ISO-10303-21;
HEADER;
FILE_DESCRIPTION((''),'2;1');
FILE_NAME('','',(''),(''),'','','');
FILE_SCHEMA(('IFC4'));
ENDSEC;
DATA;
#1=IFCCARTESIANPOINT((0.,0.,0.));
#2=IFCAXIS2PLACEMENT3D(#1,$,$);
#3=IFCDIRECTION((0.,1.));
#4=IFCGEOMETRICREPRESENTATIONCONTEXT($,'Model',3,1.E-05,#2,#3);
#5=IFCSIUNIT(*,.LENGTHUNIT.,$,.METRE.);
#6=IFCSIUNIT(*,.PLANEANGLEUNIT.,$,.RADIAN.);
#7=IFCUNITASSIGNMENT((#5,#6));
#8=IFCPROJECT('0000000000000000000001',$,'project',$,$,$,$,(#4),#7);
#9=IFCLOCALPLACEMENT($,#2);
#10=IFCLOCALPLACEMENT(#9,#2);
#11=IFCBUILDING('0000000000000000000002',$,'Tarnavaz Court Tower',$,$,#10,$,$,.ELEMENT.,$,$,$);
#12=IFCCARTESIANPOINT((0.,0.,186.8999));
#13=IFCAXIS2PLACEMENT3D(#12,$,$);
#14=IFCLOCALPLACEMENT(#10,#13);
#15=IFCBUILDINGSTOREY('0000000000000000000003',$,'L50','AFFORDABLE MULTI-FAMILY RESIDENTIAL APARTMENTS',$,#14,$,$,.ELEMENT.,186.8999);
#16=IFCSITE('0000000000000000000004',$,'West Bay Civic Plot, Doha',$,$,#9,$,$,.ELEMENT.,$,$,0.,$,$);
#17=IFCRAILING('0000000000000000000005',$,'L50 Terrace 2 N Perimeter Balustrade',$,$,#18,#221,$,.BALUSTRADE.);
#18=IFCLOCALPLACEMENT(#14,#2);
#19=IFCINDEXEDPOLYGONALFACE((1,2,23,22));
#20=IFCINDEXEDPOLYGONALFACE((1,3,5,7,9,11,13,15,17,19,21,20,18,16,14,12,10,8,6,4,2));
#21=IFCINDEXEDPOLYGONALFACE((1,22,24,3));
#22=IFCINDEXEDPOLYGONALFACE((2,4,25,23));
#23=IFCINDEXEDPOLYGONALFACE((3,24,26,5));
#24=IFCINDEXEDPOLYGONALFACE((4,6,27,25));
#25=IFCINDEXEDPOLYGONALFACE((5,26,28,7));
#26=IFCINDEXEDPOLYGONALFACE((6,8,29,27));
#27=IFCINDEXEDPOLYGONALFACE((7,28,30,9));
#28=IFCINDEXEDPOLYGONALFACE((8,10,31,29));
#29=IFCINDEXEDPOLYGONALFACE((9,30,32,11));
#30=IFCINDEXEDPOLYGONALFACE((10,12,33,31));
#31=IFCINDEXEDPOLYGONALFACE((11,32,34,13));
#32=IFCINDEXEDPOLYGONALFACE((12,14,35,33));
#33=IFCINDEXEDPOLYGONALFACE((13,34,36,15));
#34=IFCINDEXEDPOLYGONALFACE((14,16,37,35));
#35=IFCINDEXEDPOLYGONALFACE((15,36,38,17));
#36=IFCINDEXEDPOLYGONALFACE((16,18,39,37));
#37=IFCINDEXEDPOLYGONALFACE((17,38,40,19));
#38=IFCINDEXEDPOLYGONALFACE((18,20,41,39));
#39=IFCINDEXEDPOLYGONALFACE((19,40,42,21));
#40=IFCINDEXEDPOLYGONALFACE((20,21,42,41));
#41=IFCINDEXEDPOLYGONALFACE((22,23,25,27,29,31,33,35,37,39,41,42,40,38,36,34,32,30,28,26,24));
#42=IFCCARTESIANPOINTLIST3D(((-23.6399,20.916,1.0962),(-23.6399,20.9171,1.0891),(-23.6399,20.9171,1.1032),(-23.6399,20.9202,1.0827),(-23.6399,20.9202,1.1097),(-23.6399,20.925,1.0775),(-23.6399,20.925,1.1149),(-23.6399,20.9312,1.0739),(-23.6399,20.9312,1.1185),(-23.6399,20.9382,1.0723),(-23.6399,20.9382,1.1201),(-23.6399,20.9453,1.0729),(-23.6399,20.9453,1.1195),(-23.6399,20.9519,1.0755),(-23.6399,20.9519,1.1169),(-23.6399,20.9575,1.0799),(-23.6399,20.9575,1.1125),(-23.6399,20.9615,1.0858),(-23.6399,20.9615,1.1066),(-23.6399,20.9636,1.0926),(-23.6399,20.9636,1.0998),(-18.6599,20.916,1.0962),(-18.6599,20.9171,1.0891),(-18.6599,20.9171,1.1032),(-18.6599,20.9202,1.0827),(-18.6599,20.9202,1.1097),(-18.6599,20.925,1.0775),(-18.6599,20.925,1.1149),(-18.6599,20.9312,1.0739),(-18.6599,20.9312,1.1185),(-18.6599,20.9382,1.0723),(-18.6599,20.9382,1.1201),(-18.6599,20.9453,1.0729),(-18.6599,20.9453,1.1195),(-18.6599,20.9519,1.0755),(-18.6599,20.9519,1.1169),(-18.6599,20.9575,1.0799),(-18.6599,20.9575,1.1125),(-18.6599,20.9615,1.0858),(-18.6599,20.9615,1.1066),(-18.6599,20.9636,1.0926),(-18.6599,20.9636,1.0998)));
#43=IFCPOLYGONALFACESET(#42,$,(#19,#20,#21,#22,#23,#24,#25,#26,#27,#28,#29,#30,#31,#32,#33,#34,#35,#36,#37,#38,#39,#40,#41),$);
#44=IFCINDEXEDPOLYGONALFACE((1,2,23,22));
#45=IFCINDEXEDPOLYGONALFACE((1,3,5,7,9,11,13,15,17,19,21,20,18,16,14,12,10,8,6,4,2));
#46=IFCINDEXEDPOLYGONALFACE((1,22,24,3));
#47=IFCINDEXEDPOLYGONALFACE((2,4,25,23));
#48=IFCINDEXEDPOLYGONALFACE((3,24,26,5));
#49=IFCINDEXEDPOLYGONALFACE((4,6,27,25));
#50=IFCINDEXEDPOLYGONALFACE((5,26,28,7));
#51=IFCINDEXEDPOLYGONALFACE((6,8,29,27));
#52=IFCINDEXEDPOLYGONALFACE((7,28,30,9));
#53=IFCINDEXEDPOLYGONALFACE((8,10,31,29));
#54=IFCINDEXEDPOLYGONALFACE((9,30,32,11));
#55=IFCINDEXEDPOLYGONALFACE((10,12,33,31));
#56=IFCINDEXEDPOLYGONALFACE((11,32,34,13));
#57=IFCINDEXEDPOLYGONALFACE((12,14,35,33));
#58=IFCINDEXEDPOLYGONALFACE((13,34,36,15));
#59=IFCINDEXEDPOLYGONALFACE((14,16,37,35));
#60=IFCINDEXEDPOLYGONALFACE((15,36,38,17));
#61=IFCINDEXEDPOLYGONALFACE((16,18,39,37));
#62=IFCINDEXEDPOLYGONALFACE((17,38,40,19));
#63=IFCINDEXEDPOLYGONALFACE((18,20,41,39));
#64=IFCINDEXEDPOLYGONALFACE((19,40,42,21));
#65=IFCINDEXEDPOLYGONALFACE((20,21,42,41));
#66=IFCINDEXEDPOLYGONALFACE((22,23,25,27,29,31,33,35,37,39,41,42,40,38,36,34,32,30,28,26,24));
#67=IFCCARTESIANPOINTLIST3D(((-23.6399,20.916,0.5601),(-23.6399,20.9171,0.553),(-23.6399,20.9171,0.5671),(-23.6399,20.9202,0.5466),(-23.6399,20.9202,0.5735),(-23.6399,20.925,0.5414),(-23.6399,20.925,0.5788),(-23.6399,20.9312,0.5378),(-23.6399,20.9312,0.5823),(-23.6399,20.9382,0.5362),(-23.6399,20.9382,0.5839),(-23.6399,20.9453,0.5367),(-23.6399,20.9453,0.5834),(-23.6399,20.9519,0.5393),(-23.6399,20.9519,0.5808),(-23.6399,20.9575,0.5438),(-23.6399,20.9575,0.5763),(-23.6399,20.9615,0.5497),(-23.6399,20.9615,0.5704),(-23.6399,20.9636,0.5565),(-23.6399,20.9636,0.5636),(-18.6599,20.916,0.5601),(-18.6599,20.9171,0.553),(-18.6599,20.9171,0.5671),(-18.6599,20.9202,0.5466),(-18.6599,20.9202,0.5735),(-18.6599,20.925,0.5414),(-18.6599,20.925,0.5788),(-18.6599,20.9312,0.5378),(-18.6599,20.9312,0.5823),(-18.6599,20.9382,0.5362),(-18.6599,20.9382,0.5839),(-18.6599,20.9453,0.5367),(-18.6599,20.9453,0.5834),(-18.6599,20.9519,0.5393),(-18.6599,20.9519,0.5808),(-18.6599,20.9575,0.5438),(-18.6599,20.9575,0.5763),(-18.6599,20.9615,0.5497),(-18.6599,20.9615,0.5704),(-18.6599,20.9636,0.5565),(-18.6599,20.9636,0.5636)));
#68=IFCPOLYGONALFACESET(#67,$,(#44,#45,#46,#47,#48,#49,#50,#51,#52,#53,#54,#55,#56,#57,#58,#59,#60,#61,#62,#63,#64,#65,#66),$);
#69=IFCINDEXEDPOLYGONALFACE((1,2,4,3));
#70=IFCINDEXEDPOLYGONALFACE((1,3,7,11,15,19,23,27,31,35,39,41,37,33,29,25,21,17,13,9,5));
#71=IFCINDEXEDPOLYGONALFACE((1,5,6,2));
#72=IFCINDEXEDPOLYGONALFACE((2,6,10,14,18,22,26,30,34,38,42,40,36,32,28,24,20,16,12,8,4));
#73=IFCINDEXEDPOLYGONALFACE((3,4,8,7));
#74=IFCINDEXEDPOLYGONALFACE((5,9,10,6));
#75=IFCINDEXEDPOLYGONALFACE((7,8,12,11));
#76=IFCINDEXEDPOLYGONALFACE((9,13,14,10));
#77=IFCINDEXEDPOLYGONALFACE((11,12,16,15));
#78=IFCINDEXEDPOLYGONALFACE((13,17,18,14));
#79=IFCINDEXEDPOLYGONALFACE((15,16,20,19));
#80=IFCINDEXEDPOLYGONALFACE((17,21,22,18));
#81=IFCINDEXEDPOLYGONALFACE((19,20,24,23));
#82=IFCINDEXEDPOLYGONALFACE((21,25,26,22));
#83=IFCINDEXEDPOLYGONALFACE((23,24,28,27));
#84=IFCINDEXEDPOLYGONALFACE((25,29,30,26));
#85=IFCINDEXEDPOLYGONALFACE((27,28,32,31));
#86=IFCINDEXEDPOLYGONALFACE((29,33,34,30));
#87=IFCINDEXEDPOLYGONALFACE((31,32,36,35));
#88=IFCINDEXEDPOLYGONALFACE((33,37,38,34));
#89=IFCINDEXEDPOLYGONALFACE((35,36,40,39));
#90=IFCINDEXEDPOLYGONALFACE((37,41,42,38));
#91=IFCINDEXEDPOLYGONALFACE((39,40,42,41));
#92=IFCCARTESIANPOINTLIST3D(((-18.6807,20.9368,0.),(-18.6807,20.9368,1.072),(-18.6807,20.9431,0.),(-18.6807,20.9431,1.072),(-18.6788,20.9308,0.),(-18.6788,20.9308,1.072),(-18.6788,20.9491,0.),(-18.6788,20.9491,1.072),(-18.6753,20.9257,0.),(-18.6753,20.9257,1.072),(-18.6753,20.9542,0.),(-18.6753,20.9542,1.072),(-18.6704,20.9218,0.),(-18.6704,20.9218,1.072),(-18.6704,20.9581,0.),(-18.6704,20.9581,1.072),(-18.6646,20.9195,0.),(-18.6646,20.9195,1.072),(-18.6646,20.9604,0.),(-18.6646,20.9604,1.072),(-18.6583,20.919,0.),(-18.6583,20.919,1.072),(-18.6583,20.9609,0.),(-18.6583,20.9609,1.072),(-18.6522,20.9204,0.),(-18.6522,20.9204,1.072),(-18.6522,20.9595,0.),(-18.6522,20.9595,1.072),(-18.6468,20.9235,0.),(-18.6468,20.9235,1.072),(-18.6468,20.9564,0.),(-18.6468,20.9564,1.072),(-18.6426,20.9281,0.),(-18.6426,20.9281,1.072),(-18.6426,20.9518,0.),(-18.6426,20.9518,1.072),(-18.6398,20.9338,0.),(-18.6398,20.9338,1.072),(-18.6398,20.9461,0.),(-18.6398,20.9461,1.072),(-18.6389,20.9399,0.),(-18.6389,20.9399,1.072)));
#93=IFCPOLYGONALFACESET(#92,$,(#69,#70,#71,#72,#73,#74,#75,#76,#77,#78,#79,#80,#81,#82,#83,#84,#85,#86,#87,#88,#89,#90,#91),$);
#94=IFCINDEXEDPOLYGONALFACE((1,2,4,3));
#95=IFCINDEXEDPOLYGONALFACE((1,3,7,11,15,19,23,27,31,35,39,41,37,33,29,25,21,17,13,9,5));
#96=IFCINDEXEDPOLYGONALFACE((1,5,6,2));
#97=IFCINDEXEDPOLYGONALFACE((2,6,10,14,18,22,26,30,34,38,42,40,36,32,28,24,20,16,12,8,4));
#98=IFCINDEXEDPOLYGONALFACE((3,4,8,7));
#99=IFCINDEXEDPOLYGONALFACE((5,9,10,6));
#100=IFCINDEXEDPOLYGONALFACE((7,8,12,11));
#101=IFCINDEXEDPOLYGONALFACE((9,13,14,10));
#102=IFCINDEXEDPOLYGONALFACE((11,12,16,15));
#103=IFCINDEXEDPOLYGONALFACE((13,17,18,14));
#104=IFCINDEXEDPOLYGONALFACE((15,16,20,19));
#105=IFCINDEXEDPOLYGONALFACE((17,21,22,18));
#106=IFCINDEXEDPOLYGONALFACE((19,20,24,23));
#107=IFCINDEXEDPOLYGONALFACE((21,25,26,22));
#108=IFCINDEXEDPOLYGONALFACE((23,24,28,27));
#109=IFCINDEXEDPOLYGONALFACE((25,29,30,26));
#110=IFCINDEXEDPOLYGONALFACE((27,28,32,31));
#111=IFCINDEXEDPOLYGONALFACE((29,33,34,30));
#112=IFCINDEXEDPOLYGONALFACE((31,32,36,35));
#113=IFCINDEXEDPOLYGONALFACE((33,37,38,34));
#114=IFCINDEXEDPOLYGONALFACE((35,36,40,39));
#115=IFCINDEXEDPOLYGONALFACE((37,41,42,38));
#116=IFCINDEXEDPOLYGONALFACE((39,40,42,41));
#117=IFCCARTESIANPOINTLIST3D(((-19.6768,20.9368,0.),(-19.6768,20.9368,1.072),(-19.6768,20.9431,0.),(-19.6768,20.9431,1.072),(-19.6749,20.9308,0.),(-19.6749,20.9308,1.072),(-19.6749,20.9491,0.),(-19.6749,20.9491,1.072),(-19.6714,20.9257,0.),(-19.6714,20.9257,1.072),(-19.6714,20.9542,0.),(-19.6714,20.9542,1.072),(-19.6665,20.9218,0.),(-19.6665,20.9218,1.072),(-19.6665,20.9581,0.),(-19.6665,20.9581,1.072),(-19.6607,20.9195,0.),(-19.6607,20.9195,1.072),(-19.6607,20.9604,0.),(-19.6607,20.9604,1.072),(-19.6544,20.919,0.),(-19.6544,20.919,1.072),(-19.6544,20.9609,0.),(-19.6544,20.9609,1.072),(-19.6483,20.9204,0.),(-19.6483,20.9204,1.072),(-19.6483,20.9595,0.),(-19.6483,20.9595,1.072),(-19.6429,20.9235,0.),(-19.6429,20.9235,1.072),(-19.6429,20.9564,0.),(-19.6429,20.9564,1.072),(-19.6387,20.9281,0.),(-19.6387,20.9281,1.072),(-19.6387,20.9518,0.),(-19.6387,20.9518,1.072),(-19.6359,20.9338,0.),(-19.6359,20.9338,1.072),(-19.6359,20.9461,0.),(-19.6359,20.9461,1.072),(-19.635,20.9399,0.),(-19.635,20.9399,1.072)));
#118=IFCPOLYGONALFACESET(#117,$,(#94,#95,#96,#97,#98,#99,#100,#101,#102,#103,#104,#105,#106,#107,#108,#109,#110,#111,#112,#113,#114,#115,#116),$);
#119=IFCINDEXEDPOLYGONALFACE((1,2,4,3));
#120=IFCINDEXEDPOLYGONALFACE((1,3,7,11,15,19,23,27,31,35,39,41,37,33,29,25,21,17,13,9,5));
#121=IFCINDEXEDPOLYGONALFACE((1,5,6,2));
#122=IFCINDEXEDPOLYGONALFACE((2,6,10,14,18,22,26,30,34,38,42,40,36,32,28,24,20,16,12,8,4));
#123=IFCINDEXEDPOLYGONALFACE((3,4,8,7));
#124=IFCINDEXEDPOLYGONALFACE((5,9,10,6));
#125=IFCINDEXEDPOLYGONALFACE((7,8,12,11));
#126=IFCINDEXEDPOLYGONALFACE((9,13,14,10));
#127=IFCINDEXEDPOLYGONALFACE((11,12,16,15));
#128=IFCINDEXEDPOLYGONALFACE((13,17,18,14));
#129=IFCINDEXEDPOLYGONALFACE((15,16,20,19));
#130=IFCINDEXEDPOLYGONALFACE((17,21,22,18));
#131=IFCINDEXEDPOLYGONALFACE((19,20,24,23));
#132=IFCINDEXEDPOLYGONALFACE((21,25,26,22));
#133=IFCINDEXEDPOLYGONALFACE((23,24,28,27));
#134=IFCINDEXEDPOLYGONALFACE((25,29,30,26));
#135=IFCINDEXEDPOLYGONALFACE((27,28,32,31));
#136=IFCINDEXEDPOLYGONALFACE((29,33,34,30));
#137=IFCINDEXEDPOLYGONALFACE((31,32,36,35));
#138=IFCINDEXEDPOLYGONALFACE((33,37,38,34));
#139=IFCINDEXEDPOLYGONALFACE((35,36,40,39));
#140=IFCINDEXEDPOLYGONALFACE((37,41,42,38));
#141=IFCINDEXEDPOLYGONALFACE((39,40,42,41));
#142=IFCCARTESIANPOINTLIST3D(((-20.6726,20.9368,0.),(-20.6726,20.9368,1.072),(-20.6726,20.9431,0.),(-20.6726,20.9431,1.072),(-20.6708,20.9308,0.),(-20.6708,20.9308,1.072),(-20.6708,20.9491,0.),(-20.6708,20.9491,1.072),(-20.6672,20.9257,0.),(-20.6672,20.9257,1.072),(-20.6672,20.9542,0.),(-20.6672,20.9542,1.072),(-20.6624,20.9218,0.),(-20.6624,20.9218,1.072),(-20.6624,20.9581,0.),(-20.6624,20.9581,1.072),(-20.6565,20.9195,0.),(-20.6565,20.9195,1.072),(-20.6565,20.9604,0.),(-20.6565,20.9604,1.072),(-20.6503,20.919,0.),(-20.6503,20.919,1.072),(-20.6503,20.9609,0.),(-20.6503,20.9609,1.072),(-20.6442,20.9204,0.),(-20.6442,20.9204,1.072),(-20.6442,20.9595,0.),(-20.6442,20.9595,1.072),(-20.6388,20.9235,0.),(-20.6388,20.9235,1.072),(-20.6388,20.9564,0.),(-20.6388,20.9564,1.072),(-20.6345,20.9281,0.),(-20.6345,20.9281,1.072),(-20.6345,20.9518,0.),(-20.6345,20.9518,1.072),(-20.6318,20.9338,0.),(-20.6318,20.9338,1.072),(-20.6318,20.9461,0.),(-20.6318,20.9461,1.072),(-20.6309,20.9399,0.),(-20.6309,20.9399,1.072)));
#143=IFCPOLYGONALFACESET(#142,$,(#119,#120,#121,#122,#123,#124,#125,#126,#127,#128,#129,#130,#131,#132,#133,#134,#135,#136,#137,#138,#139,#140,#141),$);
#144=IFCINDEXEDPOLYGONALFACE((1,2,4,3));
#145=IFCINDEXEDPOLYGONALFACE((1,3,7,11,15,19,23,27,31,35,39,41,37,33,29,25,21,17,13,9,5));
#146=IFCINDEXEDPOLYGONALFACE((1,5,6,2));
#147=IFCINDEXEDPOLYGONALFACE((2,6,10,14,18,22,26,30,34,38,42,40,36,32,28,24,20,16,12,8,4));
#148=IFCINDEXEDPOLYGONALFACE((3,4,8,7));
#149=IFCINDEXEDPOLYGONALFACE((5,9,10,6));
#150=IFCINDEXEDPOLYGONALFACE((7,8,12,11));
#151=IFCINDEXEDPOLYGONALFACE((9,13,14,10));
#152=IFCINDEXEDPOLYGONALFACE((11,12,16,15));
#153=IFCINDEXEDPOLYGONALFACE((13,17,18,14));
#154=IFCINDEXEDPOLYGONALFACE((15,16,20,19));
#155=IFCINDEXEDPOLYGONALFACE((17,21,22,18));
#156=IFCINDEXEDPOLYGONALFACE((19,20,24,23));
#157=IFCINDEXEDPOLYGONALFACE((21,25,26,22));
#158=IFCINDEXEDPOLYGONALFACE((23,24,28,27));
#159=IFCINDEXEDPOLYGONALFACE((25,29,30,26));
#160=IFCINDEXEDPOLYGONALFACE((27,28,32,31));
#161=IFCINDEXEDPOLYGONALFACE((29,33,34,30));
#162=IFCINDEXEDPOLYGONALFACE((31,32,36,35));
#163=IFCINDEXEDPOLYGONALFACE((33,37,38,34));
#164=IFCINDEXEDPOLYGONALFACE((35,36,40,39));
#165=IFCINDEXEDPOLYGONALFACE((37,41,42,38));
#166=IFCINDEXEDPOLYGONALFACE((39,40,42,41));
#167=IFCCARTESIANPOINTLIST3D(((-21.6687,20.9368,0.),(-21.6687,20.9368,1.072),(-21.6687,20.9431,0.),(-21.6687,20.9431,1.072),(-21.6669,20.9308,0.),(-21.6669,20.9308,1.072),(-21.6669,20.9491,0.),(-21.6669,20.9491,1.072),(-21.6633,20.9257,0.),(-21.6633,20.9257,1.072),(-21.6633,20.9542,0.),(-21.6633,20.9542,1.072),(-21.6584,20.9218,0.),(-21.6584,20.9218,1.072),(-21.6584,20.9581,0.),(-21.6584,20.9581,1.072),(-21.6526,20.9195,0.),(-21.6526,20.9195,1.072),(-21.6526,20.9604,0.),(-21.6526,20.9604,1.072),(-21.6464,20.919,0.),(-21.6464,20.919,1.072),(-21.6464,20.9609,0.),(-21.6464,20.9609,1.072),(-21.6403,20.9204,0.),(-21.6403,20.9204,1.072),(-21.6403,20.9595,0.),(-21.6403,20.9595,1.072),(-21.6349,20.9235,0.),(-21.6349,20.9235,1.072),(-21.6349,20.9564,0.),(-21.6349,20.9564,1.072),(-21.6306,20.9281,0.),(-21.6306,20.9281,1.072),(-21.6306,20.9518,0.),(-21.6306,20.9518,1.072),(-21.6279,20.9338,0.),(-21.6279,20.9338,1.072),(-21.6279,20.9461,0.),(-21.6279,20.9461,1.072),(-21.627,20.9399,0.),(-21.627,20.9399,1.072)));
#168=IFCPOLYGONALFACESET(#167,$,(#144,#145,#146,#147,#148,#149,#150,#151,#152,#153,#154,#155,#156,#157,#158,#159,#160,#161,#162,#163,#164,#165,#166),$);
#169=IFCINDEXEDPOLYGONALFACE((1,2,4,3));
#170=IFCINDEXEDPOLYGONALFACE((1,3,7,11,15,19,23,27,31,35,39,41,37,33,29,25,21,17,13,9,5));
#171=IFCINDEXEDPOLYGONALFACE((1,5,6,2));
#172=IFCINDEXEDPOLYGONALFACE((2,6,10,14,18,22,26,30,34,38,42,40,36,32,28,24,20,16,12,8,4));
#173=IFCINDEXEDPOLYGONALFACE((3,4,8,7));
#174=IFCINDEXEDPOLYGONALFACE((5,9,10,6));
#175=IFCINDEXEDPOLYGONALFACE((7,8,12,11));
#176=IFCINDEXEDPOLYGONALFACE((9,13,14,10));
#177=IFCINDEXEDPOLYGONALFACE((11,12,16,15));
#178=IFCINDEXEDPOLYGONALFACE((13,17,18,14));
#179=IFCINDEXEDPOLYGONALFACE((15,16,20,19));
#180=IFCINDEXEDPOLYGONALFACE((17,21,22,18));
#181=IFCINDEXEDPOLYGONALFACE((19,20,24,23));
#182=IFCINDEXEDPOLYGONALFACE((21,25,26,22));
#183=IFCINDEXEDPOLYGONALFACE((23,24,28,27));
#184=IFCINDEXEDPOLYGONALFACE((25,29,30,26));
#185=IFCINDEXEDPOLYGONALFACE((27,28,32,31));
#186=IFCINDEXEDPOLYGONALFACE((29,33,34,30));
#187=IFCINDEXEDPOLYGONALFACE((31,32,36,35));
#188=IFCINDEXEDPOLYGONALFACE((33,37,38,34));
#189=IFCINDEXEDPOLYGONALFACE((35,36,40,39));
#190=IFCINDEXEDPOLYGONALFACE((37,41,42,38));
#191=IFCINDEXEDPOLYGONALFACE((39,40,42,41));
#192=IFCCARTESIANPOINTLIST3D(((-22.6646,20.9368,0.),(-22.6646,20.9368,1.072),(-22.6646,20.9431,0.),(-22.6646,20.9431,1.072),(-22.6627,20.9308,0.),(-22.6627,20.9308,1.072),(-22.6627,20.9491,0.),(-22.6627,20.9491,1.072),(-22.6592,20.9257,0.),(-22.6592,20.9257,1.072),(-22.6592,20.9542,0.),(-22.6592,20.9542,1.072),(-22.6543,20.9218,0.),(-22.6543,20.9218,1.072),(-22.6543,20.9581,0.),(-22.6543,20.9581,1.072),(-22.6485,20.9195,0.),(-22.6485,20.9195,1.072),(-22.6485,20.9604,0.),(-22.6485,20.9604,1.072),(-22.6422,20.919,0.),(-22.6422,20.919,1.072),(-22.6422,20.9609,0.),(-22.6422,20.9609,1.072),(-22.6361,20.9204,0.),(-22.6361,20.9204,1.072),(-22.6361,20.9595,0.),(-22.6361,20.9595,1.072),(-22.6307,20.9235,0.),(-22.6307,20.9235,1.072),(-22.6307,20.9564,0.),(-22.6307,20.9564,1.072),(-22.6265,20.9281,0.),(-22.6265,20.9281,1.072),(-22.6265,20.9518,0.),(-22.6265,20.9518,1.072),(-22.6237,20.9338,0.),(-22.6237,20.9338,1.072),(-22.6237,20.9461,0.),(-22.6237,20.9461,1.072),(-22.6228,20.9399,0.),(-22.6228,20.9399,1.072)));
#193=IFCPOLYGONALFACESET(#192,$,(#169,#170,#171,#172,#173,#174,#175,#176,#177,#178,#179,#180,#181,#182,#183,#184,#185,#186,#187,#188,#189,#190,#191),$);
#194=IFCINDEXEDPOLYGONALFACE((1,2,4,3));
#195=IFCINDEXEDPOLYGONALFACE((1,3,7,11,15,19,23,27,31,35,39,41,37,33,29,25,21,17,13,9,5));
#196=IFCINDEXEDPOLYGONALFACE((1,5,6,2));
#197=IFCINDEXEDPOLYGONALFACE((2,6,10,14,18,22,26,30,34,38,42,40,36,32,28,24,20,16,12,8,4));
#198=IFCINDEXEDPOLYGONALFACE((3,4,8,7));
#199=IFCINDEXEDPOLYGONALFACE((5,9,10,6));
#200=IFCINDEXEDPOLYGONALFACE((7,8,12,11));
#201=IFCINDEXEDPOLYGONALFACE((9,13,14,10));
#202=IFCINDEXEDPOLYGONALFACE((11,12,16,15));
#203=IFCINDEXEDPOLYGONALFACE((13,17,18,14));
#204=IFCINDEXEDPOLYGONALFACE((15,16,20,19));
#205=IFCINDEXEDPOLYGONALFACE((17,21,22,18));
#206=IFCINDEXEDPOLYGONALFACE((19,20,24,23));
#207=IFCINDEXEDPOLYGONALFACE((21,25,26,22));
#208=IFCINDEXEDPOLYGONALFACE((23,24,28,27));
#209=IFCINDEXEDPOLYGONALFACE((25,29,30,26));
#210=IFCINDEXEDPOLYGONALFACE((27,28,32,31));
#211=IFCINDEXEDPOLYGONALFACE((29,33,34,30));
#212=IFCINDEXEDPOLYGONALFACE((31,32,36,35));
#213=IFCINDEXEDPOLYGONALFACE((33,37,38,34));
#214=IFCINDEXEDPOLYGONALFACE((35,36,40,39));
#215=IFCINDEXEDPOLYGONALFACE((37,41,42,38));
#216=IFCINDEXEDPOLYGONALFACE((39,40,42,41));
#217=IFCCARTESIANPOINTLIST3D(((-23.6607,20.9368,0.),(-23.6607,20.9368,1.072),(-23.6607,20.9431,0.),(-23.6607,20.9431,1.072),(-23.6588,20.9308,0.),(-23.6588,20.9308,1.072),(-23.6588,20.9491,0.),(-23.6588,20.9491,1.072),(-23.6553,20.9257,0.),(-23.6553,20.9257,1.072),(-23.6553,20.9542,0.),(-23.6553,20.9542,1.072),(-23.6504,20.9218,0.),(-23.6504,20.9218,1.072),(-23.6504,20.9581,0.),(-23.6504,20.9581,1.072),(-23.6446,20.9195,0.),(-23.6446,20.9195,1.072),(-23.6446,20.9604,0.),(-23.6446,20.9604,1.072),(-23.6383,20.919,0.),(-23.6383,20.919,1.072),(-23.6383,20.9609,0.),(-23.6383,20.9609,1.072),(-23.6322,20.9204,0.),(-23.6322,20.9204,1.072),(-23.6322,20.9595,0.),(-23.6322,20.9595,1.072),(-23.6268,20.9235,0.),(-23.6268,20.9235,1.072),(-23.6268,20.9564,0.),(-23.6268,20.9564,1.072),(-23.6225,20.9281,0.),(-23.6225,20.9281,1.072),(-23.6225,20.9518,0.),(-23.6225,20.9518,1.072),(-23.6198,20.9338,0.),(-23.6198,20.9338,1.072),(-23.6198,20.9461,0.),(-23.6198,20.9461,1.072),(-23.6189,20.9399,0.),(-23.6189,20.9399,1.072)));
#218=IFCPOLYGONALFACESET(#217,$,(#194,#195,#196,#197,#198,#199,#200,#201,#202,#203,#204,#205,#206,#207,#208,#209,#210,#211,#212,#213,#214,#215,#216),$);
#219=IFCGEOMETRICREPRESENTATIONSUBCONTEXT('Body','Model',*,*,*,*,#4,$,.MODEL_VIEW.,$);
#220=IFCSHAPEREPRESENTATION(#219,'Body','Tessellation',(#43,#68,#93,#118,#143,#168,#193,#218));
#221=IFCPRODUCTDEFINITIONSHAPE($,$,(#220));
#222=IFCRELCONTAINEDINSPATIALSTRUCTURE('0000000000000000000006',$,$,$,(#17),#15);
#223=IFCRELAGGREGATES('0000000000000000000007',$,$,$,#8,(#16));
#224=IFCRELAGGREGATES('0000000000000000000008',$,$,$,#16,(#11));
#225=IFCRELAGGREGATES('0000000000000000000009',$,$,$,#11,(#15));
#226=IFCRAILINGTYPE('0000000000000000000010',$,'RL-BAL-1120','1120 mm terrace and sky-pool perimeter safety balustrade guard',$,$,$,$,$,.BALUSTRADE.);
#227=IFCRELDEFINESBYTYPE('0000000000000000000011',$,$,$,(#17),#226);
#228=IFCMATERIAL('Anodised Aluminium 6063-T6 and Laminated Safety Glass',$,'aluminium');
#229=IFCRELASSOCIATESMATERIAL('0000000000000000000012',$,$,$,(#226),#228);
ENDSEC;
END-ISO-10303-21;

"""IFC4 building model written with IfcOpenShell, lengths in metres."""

from ifc_helpers import new_model, si_unit, direction, frame, origin, origin_2d, place, context, subcontext, project, spatial, circle, extrude, material, type_object, element, save


model = new_model("IFC4")

# Units and contexts
model_context = context("Model", 3, precision=1e-05, world=origin(), true_north=direction((0.0, 1.0)))
body_context = subcontext(model_context, "Body", "Model", "MODEL_VIEW")
ifc_project = project(units=[si_unit("LENGTHUNIT", "METRE"), si_unit("PLANEANGLEUNIT", "RADIAN")], contexts=[model_context])

# Site, building, storey
site_placement = place(None, origin())
site = spatial("IfcSite", under=ifc_project, at=site_placement, Name="West Bay Civic Plot, Doha", CompositionType="ELEMENT", RefElevation=0.0)
building_placement = place(site_placement, origin())
building = spatial("IfcBuilding", under=site, at=building_placement, Name="Tarnavaz Court Tower", CompositionType="ELEMENT")
storey_placement = place(building_placement, frame((0.0, 0.0, 186.8999)))
storey = spatial("IfcBuildingStorey", under=building, at=storey_placement, Name="L50", Description="AFFORDABLE MULTI-FAMILY RESIDENTIAL APARTMENTS", CompositionType="ELEMENT", Elevation=186.8999)

# Railing
ifc_material_1 = material(Name="Anodised Aluminium 6063-T6 and Laminated Safety Glass", Category="aluminium")
railing_type = type_object("IfcRailingType", Name="RL-BAL-1120", Description="1120 mm terrace and sky-pool perimeter safety balustrade guard", PredefinedType="BALUSTRADE", material=ifc_material_1)
railing_1_placement = place(storey_placement, frame((-18.6599, 20.9399, 0.0)))
element("IfcRailing", 1, at=railing_1_placement, inside=storey, type_object=railing_type, Name="L50 Terrace 2 N Perimeter Balustrade", PredefinedType="BALUSTRADE", context=body_context, shape_type="SweptSolid", body=[
    extrude(circle(Radius=0.0239, at=origin_2d()), frame((0.0, 0.0, 1.0962), z_axis=(-1.0, 0.0, 0.0), x_axis=(0.0, -1.0, 0.0)), (0.0, 0.0, 1.0), 4.98),
    extrude(circle(Radius=0.0239, at=origin_2d()), frame((0.0, 0.0, 0.5601), z_axis=(-1.0, 0.0, 0.0), x_axis=(0.0, -1.0, 0.0)), (0.0, 0.0, 1.0), 4.98),
    extrude(circle(Radius=0.021, at=origin_2d()), origin(), (0.0, 0.0, 1.0), 1.072),
    extrude(circle(Radius=0.021, at=origin_2d()), frame((-0.9961, 0.0, 0.0)), (0.0, 0.0, 1.0), 1.072),
    extrude(circle(Radius=0.021, at=origin_2d()), frame((-1.9919, 0.0, 0.0)), (0.0, 0.0, 1.0), 1.072),
    extrude(circle(Radius=0.021, at=origin_2d()), frame((-2.988, 0.0, 0.0)), (0.0, 0.0, 1.0), 1.072),
    extrude(circle(Radius=0.021, at=origin_2d()), frame((-3.9839, 0.0, 0.0)), (0.0, 0.0, 1.0), 1.072),
    extrude(circle(Radius=0.021, at=origin_2d()), frame((-4.98, 0.0, 0.0)), (0.0, 0.0, 1.0), 1.072),
])

save(model, "model.ifc")
